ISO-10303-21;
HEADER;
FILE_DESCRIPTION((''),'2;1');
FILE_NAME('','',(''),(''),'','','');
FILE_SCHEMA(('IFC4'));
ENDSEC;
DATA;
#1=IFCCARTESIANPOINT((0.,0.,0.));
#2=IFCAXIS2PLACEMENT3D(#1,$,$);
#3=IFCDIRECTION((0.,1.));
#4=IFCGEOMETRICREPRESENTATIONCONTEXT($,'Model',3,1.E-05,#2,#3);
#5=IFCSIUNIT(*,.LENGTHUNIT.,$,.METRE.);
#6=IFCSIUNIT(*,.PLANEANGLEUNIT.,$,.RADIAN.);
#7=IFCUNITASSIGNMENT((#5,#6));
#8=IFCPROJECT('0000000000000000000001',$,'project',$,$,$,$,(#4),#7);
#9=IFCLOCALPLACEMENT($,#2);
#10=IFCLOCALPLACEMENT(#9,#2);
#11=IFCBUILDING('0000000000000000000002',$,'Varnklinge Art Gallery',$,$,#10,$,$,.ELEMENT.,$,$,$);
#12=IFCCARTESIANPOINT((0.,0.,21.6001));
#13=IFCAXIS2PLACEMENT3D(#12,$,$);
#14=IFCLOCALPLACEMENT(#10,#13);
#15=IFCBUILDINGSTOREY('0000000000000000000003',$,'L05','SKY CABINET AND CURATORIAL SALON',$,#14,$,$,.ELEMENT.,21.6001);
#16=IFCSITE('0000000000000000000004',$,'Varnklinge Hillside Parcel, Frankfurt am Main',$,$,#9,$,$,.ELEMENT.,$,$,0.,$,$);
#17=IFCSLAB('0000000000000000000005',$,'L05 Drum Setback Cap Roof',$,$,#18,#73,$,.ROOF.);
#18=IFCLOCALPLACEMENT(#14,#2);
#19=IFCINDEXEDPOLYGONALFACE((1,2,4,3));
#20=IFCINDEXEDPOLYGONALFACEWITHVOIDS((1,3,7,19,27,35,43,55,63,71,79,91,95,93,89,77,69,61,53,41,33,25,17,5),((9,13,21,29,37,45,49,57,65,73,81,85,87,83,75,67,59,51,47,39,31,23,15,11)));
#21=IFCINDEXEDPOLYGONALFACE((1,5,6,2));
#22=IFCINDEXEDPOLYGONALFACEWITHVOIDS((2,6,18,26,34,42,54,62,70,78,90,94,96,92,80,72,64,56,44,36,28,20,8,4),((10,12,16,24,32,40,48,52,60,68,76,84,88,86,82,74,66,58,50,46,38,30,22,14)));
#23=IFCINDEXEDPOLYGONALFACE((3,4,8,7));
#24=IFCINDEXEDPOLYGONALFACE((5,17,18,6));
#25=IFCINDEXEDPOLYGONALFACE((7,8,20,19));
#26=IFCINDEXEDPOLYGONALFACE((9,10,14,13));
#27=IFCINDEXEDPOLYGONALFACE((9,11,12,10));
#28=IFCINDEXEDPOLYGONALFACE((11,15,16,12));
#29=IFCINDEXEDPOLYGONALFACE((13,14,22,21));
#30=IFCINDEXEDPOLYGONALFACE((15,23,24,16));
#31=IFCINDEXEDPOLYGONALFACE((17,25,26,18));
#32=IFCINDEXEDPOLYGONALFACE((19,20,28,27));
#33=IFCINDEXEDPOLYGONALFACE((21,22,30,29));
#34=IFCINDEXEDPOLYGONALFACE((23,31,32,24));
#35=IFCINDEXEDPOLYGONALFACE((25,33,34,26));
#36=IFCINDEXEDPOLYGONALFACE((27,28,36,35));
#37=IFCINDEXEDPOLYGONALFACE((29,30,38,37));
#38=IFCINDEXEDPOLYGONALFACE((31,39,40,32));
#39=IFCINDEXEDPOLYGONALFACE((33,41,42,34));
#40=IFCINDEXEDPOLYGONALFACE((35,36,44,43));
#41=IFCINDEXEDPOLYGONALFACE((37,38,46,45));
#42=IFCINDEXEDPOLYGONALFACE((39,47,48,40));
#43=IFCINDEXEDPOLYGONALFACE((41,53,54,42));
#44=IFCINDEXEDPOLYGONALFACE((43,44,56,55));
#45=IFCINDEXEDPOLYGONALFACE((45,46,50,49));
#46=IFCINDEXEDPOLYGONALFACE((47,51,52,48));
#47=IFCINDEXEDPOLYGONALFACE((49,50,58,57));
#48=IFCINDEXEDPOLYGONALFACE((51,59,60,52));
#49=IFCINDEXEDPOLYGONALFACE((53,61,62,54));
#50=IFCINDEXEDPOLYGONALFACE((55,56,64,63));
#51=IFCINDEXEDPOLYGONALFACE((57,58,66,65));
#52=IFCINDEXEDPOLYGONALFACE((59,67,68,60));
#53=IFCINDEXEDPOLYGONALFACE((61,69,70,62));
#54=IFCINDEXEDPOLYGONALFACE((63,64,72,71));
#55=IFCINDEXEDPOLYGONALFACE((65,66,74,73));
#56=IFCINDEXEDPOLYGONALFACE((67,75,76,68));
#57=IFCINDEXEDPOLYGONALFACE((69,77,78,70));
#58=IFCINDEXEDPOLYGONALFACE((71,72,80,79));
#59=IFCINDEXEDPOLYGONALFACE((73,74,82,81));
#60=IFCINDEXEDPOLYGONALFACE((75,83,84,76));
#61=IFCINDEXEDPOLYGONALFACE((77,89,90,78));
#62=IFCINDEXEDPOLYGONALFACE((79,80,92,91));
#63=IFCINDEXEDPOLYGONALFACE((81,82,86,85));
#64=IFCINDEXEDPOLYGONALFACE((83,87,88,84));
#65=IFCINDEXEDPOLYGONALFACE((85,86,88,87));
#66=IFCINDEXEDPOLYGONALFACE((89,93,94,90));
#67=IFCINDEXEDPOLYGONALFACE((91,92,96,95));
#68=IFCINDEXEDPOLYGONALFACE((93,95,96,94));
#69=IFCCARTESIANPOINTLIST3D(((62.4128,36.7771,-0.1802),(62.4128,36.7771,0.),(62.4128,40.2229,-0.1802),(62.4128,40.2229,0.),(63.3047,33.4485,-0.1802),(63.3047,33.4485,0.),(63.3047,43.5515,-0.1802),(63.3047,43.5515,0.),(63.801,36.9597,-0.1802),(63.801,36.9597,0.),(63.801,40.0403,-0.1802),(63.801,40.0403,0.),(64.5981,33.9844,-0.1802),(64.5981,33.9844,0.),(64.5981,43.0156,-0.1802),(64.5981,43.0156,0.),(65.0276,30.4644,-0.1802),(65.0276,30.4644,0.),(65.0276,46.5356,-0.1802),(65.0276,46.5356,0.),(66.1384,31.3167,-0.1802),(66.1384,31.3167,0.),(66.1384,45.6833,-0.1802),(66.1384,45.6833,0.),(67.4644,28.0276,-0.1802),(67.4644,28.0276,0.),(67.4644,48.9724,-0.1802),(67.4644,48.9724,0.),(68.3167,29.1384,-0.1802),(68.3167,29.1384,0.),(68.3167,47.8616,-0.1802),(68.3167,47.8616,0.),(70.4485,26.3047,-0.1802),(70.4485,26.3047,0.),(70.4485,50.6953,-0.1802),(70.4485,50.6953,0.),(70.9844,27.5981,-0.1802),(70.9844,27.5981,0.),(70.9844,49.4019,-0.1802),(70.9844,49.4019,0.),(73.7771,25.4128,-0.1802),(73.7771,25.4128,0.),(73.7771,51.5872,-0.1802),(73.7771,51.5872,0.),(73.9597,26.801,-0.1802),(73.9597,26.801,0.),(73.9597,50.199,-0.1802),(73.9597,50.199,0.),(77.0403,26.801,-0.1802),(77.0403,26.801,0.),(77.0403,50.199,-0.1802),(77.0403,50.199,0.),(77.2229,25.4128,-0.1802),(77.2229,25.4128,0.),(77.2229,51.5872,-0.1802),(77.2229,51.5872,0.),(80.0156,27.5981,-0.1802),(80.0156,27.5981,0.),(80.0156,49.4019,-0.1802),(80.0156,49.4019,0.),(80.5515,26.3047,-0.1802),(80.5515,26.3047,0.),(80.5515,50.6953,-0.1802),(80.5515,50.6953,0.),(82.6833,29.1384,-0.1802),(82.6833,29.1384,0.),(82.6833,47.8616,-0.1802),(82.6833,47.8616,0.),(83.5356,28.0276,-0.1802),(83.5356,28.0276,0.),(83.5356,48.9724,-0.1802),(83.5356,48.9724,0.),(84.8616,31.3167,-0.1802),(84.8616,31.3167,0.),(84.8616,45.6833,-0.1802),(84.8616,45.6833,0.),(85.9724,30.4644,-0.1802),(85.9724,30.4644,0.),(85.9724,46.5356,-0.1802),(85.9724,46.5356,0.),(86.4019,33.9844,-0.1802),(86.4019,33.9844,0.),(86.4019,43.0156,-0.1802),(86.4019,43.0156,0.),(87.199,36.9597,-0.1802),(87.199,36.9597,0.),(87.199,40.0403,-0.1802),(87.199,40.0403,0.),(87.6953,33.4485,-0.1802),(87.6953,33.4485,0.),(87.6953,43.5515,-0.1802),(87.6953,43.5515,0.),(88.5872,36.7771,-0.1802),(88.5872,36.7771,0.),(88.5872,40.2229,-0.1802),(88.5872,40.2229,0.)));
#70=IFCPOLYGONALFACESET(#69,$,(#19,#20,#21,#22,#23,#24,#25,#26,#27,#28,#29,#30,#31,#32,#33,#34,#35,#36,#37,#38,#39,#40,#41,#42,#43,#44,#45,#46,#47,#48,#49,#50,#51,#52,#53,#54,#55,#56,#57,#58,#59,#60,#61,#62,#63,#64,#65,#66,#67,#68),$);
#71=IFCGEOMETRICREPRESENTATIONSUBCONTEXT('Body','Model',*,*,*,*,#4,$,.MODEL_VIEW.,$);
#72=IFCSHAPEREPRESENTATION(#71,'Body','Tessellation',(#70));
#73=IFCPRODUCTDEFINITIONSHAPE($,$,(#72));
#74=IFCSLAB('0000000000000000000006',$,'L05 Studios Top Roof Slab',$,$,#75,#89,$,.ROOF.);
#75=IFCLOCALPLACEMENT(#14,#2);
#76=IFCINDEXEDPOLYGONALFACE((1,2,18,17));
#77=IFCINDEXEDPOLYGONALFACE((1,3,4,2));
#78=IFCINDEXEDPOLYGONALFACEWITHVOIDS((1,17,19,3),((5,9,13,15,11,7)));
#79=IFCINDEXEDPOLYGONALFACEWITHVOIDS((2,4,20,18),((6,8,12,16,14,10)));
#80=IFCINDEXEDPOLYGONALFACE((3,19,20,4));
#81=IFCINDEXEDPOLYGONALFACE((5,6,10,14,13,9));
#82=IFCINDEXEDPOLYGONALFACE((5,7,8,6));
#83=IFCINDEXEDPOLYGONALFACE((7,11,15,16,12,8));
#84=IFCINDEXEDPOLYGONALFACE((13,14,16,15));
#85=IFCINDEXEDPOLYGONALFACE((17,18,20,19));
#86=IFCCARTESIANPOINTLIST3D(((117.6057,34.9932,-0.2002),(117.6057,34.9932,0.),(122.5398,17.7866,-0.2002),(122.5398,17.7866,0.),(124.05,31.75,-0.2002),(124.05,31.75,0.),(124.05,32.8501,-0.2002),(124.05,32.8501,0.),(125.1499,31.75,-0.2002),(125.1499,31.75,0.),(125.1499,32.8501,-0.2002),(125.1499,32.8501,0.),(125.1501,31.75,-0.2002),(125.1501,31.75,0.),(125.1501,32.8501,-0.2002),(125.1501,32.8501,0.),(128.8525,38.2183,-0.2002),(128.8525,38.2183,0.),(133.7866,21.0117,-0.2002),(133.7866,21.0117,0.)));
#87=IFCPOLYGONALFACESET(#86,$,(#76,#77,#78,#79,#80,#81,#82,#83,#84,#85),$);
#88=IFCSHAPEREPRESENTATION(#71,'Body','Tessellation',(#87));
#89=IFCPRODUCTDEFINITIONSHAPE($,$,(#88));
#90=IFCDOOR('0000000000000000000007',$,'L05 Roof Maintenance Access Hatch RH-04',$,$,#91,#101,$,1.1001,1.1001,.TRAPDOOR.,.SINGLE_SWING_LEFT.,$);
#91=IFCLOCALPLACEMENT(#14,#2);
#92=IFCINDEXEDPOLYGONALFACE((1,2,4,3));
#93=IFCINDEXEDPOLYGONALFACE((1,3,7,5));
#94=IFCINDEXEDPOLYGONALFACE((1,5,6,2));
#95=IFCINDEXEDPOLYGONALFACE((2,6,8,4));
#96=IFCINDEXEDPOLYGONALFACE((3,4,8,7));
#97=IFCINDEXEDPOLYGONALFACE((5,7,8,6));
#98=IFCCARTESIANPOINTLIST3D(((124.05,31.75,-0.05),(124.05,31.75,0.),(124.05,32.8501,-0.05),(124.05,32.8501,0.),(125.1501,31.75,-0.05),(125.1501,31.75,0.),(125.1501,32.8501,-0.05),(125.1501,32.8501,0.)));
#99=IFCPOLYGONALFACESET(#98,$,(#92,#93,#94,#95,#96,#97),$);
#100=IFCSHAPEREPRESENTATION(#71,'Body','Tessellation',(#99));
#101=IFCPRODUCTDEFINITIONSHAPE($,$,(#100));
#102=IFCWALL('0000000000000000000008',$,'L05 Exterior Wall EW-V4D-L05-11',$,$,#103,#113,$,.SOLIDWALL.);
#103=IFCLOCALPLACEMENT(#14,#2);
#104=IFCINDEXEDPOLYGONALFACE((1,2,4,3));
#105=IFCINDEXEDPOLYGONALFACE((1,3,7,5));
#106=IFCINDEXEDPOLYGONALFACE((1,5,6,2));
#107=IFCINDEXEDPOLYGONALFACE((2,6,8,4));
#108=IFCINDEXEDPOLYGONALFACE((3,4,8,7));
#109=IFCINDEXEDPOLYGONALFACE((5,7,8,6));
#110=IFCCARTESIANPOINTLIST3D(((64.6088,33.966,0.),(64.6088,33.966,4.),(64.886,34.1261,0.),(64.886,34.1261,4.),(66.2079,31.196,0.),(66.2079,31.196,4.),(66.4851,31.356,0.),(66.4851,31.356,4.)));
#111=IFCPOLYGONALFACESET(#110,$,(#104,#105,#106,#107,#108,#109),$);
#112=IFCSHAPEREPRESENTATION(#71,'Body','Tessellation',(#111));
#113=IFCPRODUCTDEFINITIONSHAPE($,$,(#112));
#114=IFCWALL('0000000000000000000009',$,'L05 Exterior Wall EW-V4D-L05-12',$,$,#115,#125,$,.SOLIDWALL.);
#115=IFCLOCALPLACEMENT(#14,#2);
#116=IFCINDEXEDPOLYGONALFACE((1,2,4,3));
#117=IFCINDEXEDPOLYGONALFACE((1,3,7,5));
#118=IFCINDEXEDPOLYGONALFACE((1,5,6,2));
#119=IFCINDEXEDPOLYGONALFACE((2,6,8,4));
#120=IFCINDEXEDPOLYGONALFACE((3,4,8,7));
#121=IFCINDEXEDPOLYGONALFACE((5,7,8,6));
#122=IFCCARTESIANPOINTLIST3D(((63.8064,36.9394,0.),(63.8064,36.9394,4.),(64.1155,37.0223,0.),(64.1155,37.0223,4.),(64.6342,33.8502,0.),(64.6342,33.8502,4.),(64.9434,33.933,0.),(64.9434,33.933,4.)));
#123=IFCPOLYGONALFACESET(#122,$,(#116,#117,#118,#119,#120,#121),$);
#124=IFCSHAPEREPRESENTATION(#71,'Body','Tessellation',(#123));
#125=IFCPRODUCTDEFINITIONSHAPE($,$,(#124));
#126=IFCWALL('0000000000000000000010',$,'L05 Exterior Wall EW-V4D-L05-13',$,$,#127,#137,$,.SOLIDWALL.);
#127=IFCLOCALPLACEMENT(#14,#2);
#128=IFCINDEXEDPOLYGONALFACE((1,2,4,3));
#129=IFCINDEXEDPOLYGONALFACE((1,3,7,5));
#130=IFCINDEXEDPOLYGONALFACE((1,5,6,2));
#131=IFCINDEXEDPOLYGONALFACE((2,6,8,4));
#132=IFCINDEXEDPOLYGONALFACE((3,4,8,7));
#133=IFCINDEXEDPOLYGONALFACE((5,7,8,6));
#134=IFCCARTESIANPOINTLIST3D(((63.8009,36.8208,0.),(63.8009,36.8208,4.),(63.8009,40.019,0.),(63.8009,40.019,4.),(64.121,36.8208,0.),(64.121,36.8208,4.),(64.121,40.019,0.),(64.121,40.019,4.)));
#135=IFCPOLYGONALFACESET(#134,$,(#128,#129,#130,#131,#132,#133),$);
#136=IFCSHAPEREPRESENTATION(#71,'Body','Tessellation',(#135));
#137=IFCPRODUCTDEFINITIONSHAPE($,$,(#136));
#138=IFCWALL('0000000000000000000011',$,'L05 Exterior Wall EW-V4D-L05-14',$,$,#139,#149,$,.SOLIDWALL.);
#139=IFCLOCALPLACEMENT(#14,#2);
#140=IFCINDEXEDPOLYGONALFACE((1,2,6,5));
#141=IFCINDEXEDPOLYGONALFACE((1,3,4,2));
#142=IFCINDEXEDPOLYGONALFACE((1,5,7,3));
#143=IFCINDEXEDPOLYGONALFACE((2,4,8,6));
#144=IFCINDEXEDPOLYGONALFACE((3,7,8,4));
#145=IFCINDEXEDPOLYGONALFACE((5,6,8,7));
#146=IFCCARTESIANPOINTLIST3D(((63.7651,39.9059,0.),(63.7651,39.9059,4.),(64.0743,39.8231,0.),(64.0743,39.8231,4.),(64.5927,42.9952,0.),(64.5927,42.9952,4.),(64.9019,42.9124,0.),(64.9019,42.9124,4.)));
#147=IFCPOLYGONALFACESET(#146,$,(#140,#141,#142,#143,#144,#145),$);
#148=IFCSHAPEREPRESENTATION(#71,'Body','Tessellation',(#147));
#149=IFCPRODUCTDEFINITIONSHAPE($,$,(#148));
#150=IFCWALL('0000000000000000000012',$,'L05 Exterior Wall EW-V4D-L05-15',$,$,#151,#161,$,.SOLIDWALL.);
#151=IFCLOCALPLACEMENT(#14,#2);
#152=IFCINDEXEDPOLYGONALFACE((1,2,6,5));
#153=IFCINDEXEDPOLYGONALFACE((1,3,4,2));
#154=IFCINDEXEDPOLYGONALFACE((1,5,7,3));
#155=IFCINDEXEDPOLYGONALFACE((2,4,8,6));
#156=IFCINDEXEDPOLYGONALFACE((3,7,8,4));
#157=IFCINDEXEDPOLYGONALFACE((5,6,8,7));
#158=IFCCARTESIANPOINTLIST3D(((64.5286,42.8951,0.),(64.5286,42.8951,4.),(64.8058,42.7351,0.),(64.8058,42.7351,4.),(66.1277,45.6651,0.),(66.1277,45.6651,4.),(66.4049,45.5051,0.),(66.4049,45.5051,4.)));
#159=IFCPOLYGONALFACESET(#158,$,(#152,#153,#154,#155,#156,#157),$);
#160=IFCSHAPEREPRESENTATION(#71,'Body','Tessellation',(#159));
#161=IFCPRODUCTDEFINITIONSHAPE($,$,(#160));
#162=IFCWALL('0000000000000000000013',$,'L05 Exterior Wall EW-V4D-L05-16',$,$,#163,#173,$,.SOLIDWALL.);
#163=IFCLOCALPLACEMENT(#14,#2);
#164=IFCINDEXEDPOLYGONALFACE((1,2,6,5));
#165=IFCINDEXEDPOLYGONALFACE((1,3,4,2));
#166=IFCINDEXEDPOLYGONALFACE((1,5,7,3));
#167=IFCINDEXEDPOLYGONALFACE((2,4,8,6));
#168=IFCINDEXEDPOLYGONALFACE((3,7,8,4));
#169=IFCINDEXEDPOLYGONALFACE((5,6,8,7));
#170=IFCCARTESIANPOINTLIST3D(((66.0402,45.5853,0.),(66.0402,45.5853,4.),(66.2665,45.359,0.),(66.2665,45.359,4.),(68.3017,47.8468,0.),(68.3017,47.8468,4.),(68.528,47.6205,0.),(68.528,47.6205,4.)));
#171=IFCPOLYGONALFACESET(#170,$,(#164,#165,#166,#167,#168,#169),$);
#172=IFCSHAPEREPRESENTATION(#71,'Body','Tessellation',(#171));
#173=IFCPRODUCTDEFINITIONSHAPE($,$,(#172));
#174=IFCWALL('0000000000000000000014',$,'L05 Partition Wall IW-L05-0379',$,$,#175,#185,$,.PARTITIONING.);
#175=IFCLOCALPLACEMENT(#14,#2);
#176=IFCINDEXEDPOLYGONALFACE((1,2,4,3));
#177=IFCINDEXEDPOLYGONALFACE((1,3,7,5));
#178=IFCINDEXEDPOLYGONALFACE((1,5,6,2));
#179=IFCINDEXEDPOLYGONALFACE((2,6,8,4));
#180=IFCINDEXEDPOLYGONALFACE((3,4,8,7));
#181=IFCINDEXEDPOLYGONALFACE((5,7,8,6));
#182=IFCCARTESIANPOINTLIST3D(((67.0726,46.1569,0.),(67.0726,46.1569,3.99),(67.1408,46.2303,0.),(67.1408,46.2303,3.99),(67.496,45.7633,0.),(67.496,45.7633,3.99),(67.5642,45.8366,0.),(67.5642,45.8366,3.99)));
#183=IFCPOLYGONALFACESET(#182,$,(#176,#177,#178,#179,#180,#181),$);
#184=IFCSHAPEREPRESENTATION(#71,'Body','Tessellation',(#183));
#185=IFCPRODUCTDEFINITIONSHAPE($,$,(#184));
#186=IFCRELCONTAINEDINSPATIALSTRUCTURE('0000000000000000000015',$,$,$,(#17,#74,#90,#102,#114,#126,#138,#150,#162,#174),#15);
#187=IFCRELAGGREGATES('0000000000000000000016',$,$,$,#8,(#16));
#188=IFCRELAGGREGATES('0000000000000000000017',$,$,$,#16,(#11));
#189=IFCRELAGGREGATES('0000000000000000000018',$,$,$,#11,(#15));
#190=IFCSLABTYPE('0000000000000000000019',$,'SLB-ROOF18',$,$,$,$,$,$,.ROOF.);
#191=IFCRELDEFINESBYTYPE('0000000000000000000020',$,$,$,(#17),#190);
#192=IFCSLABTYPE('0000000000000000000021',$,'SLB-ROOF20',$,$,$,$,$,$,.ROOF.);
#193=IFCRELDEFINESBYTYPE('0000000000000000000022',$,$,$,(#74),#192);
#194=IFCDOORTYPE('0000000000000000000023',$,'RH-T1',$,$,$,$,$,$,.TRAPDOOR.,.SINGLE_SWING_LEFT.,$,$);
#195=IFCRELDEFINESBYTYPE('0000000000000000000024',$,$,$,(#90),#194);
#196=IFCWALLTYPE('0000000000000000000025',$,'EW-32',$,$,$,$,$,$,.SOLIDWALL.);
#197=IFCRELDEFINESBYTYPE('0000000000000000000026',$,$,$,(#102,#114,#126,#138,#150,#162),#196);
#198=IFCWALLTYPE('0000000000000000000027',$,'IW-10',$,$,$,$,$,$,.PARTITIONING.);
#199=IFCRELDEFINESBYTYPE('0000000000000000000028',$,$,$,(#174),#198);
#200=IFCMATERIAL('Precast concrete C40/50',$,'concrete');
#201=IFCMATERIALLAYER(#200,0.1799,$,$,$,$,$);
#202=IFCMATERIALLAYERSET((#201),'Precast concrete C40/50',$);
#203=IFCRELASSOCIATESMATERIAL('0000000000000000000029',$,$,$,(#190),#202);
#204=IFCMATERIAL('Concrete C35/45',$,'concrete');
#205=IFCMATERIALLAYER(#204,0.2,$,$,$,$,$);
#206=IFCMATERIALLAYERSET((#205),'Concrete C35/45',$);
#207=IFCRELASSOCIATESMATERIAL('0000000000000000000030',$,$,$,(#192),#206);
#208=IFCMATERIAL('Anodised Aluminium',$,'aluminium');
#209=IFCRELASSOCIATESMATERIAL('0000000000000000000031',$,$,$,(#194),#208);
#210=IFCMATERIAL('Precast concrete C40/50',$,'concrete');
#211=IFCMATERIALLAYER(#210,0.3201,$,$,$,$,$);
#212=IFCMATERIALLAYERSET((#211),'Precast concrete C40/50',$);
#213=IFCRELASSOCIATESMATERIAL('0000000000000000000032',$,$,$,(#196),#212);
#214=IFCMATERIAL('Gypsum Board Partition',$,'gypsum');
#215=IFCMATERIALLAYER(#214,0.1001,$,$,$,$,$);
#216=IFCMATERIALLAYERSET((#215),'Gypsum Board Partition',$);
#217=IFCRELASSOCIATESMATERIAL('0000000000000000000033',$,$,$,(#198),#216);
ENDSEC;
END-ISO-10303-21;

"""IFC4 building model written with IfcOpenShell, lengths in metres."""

from ifc_helpers import new_model, si_unit, direction, frame, frame_2d, origin, origin_2d, place, context, subcontext, project, spatial, polyline, rectangle, outline, extrude, material, layer, layer_set, type_object, element, fill, save


model = new_model("IFC4")

# Units and contexts
model_context = context("Model", 3, precision=1e-05, world=origin(), true_north=direction((0.0, 1.0)))
body_context = subcontext(model_context, "Body", "Model", "MODEL_VIEW")
ifc_project = project(units=[si_unit("LENGTHUNIT", "METRE"), si_unit("PLANEANGLEUNIT", "RADIAN")], contexts=[model_context])

# Site, building, storey
site_placement = place(None, origin())
site = spatial("IfcSite", under=ifc_project, at=site_placement, Name="Varnklinge Hillside Parcel, Frankfurt am Main", CompositionType="ELEMENT", RefElevation=0.0)
building_placement = place(site_placement, origin())
building = spatial("IfcBuilding", under=site, at=building_placement, Name="Varnklinge Art Gallery", CompositionType="ELEMENT")
storey_placement = place(building_placement, frame((0.0, 0.0, 21.6001)))
storey = spatial("IfcBuildingStorey", under=building, at=storey_placement, Name="L05", Description="SKY CABINET AND CURATORIAL SALON", CompositionType="ELEMENT", Elevation=21.6001)

# Slab
ifc_material_1 = material(Name="Precast concrete C40/50", Category="concrete")
ifc_layer_1 = layer(ifc_material_1, 0.1799)
ifc_layer_set_1 = layer_set([ifc_layer_1], Name="Precast concrete C40/50")
slab_type_1 = type_object("IfcSlabType", Name="SLB-ROOF18", PredefinedType="ROOF", material=ifc_layer_set_1)
slab_1_placement = place(storey_placement, frame((0.0, 0.0, -0.1802)))
element("IfcSlab", 1, at=slab_1_placement, inside=storey, type_object=slab_type_1, Name="L05 Drum Setback Cap Roof", PredefinedType="ROOF", context=body_context, shape_type="SweptSolid", body=[
    extrude(outline(polyline([(88.5872, 36.7771), (88.5872, 40.2229), (87.6953, 43.5515), (85.9724, 46.5356), (83.5356, 48.9724), (80.5515, 50.6953), (77.2229, 51.5872), (73.7771, 51.5872), (70.4485, 50.6953), (67.4644, 48.9724), (65.0276, 46.5356), (63.3047, 43.5515), (62.4128, 40.2229), (62.4128, 36.7771), (63.3047, 33.4485), (65.0276, 30.4644), (67.4644, 28.0276), (70.4485, 26.3047), (73.7771, 25.4128), (77.2229, 25.4128), (80.5515, 26.3047), (83.5356, 28.0276), (85.9724, 30.4644), (87.6953, 33.4485), (88.5872, 36.7771)]), holes=[polyline([(84.8616, 31.3167), (82.6833, 29.1384), (80.0156, 27.5981), (77.0403, 26.801), (73.9597, 26.801), (70.9844, 27.5981), (68.3167, 29.1384), (66.1384, 31.3167), (64.5981, 33.9844), (63.801, 36.9597), (63.801, 40.0403), (64.5981, 43.0156), (66.1384, 45.6833), (68.3167, 47.8616), (70.9844, 49.4019), (73.9597, 50.199), (77.0403, 50.199), (80.0156, 49.4019), (82.6833, 47.8616), (84.8616, 45.6833), (86.4019, 43.0156), (87.199, 40.0403), (87.199, 36.9597), (86.4019, 33.9844), (84.8616, 31.3167)])]), origin(), (0.0, 0.0, 1.0), 0.1802),
])

# Slab, opening, door
ifc_material_2 = material(Name="Concrete C35/45", Category="concrete")
ifc_layer_2 = layer(ifc_material_2, 0.2)
ifc_layer_set_2 = layer_set([ifc_layer_2], Name="Concrete C35/45")
slab_type_2 = type_object("IfcSlabType", Name="SLB-ROOF20", PredefinedType="ROOF", material=ifc_layer_set_2)
slab_2_placement = place(storey_placement, frame((0.0, 0.0, -0.2002)))
slab_2 = element("IfcSlab", 2, at=slab_2_placement, inside=storey, type_object=slab_type_2, Name="L05 Studios Top Roof Slab", PredefinedType="ROOF", context=body_context, shape_type="SweptSolid", body=[
    extrude(outline(polyline([(122.5398, 17.7866), (133.7866, 21.0117), (128.8525, 38.2183), (117.6057, 34.9932), (122.5398, 17.7866)]), holes=[polyline([(124.05, 31.75), (124.05, 32.8501), (125.1499, 32.8501), (125.1499, 31.75), (124.05, 31.75)])]), origin(), (0.0, 0.0, 1.0), 0.2002),
])
opening_1_placement = place(slab_2_placement, frame((124.6001, 32.3, 0.0)))
opening_1 = element("IfcOpeningElement", 3, at=opening_1_placement, cuts=slab_2, PredefinedType="OPENING", context=body_context, shape_type="SweptSolid", body=[
    extrude(rectangle(XDim=1.1001, YDim=1.1001, at=origin_2d()), origin(), (0.0, 0.0, 1.0), 0.2002),
])
ifc_material_3 = material(Name="Anodised Aluminium", Category="aluminium")
door_type_1 = type_object("IfcDoorType", Name="RH-T1", OperationType="SINGLE_SWING_LEFT", PredefinedType="TRAPDOOR", material=ifc_material_3)
door_1_placement = place(opening_1_placement, frame((0.0, 0.0, 0.1501)))
door_1 = element("IfcDoor", 4, at=door_1_placement, inside=storey, type_object=door_type_1, Name="L05 Roof Maintenance Access Hatch RH-04", OperationType="SINGLE_SWING_LEFT", OverallHeight=1.1001, OverallWidth=1.1001, PredefinedType="TRAPDOOR", context=body_context, shape_type="SweptSolid", body=[
    extrude(rectangle(XDim=1.1001, YDim=1.1001, at=origin_2d()), origin(), (0.0, 0.0, 1.0), 0.05),
])
fill(opening_1, door_1)

# Walls
ifc_material_4 = material(Name="Precast concrete C40/50", Category="concrete")
ifc_layer_3 = layer(ifc_material_4, 0.3201)
ifc_layer_set_3 = layer_set([ifc_layer_3], Name="Precast concrete C40/50")
wall_type_1 = type_object("IfcWallType", Name="EW-32", PredefinedType="SOLIDWALL", material=ifc_layer_set_3)
wall_1_placement = place(storey_placement, frame((66.3464, 31.2761, 0.0), z_axis=(0.0, 0.0, 1.0), x_axis=(-0.499965, 0.866046, 0.0)))
element("IfcWall", 5, at=wall_1_placement, inside=storey, type_object=wall_type_1, Name="L05 Exterior Wall EW-V4D-L05-11", PredefinedType="SOLIDWALL", context=body_context, shape_type="SweptSolid", body=[
    extrude(rectangle(XDim=3.1985, YDim=0.3201, at=frame_2d((1.5991, 0.0))), origin(), (0.0, 0.0, 1.0), 4.0),
])
for number, where, z_axis, x_axis, name in (
    (6, (64.7888, 33.8916, 0.0), (0.0, 0.0, 1.0), (-0.258845, 0.965919, 0.0), "L05 Exterior Wall EW-V4D-L05-12"),
    (7, (63.9609, 36.8208, 0.0), (0.0, 0.0, 1.0), (0.0, 1.0, 0.0), "L05 Exterior Wall EW-V4D-L05-13"),
    (8, (63.9197, 39.8645, 0.0), (0.0, 0.0, 1.0), (0.258774, 0.965938, 0.0), "L05 Exterior Wall EW-V4D-L05-14"),
):
    element("IfcWall", number, at=place(storey_placement, frame(where, z_axis=z_axis, x_axis=x_axis)), inside=storey, type_object=wall_type_1, Name=name, PredefinedType="SOLIDWALL", context=body_context, shape_type="SweptSolid", body=[
        extrude(rectangle(XDim=3.1982, YDim=0.3201, at=frame_2d((1.5991, 0.0))), origin(), (0.0, 0.0, 1.0), 4.0),
    ])
wall_2_placement = place(storey_placement, frame((64.6672, 42.8152, 0.0), z_axis=(0.0, 0.0, 1.0), x_axis=(0.499965, 0.866046, 0.0)))
element("IfcWall", 9, at=wall_2_placement, inside=storey, type_object=wall_type_1, Name="L05 Exterior Wall EW-V4D-L05-15", PredefinedType="SOLIDWALL", context=body_context, shape_type="SweptSolid", body=[
    extrude(rectangle(XDim=3.1985, YDim=0.3201, at=frame_2d((1.5991, 0.0))), origin(), (0.0, 0.0, 1.0), 4.0),
])
wall_3_placement = place(storey_placement, frame((66.1533, 45.4722, 0.0), z_axis=(0.0, 0.0, 1.0), x_axis=(0.707107, 0.707107, 0.0)))
element("IfcWall", 10, at=wall_3_placement, inside=storey, type_object=wall_type_1, Name="L05 Exterior Wall EW-V4D-L05-16", PredefinedType="SOLIDWALL", context=body_context, shape_type="SweptSolid", body=[
    extrude(rectangle(XDim=3.1982, YDim=0.3201, at=frame_2d((1.5991, 0.0))), origin(), (0.0, 0.0, 1.0), 4.0),
])
ifc_material_5 = material(Name="Gypsum Board Partition", Category="gypsum")
ifc_layer_4 = layer(ifc_material_5, 0.1001)
ifc_layer_set_4 = layer_set([ifc_layer_4], Name="Gypsum Board Partition")
wall_type_2 = type_object("IfcWallType", Name="IW-10", PredefinedType="PARTITIONING", material=ifc_layer_set_4)
wall_4_placement = place(storey_placement, frame((67.1067, 46.1936, 0.0), z_axis=(0.0, 0.0, 1.0), x_axis=(0.732402, -0.680872, 0.0)))
element("IfcWall", 11, at=wall_4_placement, inside=storey, type_object=wall_type_2, Name="L05 Partition Wall IW-L05-0379", PredefinedType="PARTITIONING", context=body_context, shape_type="SweptSolid", body=[
    extrude(rectangle(XDim=0.5781, YDim=0.1001, at=frame_2d((0.2891, 0.0))), origin(), (0.0, 0.0, 1.0), 3.99),
])

save(model, "model.ifc")
